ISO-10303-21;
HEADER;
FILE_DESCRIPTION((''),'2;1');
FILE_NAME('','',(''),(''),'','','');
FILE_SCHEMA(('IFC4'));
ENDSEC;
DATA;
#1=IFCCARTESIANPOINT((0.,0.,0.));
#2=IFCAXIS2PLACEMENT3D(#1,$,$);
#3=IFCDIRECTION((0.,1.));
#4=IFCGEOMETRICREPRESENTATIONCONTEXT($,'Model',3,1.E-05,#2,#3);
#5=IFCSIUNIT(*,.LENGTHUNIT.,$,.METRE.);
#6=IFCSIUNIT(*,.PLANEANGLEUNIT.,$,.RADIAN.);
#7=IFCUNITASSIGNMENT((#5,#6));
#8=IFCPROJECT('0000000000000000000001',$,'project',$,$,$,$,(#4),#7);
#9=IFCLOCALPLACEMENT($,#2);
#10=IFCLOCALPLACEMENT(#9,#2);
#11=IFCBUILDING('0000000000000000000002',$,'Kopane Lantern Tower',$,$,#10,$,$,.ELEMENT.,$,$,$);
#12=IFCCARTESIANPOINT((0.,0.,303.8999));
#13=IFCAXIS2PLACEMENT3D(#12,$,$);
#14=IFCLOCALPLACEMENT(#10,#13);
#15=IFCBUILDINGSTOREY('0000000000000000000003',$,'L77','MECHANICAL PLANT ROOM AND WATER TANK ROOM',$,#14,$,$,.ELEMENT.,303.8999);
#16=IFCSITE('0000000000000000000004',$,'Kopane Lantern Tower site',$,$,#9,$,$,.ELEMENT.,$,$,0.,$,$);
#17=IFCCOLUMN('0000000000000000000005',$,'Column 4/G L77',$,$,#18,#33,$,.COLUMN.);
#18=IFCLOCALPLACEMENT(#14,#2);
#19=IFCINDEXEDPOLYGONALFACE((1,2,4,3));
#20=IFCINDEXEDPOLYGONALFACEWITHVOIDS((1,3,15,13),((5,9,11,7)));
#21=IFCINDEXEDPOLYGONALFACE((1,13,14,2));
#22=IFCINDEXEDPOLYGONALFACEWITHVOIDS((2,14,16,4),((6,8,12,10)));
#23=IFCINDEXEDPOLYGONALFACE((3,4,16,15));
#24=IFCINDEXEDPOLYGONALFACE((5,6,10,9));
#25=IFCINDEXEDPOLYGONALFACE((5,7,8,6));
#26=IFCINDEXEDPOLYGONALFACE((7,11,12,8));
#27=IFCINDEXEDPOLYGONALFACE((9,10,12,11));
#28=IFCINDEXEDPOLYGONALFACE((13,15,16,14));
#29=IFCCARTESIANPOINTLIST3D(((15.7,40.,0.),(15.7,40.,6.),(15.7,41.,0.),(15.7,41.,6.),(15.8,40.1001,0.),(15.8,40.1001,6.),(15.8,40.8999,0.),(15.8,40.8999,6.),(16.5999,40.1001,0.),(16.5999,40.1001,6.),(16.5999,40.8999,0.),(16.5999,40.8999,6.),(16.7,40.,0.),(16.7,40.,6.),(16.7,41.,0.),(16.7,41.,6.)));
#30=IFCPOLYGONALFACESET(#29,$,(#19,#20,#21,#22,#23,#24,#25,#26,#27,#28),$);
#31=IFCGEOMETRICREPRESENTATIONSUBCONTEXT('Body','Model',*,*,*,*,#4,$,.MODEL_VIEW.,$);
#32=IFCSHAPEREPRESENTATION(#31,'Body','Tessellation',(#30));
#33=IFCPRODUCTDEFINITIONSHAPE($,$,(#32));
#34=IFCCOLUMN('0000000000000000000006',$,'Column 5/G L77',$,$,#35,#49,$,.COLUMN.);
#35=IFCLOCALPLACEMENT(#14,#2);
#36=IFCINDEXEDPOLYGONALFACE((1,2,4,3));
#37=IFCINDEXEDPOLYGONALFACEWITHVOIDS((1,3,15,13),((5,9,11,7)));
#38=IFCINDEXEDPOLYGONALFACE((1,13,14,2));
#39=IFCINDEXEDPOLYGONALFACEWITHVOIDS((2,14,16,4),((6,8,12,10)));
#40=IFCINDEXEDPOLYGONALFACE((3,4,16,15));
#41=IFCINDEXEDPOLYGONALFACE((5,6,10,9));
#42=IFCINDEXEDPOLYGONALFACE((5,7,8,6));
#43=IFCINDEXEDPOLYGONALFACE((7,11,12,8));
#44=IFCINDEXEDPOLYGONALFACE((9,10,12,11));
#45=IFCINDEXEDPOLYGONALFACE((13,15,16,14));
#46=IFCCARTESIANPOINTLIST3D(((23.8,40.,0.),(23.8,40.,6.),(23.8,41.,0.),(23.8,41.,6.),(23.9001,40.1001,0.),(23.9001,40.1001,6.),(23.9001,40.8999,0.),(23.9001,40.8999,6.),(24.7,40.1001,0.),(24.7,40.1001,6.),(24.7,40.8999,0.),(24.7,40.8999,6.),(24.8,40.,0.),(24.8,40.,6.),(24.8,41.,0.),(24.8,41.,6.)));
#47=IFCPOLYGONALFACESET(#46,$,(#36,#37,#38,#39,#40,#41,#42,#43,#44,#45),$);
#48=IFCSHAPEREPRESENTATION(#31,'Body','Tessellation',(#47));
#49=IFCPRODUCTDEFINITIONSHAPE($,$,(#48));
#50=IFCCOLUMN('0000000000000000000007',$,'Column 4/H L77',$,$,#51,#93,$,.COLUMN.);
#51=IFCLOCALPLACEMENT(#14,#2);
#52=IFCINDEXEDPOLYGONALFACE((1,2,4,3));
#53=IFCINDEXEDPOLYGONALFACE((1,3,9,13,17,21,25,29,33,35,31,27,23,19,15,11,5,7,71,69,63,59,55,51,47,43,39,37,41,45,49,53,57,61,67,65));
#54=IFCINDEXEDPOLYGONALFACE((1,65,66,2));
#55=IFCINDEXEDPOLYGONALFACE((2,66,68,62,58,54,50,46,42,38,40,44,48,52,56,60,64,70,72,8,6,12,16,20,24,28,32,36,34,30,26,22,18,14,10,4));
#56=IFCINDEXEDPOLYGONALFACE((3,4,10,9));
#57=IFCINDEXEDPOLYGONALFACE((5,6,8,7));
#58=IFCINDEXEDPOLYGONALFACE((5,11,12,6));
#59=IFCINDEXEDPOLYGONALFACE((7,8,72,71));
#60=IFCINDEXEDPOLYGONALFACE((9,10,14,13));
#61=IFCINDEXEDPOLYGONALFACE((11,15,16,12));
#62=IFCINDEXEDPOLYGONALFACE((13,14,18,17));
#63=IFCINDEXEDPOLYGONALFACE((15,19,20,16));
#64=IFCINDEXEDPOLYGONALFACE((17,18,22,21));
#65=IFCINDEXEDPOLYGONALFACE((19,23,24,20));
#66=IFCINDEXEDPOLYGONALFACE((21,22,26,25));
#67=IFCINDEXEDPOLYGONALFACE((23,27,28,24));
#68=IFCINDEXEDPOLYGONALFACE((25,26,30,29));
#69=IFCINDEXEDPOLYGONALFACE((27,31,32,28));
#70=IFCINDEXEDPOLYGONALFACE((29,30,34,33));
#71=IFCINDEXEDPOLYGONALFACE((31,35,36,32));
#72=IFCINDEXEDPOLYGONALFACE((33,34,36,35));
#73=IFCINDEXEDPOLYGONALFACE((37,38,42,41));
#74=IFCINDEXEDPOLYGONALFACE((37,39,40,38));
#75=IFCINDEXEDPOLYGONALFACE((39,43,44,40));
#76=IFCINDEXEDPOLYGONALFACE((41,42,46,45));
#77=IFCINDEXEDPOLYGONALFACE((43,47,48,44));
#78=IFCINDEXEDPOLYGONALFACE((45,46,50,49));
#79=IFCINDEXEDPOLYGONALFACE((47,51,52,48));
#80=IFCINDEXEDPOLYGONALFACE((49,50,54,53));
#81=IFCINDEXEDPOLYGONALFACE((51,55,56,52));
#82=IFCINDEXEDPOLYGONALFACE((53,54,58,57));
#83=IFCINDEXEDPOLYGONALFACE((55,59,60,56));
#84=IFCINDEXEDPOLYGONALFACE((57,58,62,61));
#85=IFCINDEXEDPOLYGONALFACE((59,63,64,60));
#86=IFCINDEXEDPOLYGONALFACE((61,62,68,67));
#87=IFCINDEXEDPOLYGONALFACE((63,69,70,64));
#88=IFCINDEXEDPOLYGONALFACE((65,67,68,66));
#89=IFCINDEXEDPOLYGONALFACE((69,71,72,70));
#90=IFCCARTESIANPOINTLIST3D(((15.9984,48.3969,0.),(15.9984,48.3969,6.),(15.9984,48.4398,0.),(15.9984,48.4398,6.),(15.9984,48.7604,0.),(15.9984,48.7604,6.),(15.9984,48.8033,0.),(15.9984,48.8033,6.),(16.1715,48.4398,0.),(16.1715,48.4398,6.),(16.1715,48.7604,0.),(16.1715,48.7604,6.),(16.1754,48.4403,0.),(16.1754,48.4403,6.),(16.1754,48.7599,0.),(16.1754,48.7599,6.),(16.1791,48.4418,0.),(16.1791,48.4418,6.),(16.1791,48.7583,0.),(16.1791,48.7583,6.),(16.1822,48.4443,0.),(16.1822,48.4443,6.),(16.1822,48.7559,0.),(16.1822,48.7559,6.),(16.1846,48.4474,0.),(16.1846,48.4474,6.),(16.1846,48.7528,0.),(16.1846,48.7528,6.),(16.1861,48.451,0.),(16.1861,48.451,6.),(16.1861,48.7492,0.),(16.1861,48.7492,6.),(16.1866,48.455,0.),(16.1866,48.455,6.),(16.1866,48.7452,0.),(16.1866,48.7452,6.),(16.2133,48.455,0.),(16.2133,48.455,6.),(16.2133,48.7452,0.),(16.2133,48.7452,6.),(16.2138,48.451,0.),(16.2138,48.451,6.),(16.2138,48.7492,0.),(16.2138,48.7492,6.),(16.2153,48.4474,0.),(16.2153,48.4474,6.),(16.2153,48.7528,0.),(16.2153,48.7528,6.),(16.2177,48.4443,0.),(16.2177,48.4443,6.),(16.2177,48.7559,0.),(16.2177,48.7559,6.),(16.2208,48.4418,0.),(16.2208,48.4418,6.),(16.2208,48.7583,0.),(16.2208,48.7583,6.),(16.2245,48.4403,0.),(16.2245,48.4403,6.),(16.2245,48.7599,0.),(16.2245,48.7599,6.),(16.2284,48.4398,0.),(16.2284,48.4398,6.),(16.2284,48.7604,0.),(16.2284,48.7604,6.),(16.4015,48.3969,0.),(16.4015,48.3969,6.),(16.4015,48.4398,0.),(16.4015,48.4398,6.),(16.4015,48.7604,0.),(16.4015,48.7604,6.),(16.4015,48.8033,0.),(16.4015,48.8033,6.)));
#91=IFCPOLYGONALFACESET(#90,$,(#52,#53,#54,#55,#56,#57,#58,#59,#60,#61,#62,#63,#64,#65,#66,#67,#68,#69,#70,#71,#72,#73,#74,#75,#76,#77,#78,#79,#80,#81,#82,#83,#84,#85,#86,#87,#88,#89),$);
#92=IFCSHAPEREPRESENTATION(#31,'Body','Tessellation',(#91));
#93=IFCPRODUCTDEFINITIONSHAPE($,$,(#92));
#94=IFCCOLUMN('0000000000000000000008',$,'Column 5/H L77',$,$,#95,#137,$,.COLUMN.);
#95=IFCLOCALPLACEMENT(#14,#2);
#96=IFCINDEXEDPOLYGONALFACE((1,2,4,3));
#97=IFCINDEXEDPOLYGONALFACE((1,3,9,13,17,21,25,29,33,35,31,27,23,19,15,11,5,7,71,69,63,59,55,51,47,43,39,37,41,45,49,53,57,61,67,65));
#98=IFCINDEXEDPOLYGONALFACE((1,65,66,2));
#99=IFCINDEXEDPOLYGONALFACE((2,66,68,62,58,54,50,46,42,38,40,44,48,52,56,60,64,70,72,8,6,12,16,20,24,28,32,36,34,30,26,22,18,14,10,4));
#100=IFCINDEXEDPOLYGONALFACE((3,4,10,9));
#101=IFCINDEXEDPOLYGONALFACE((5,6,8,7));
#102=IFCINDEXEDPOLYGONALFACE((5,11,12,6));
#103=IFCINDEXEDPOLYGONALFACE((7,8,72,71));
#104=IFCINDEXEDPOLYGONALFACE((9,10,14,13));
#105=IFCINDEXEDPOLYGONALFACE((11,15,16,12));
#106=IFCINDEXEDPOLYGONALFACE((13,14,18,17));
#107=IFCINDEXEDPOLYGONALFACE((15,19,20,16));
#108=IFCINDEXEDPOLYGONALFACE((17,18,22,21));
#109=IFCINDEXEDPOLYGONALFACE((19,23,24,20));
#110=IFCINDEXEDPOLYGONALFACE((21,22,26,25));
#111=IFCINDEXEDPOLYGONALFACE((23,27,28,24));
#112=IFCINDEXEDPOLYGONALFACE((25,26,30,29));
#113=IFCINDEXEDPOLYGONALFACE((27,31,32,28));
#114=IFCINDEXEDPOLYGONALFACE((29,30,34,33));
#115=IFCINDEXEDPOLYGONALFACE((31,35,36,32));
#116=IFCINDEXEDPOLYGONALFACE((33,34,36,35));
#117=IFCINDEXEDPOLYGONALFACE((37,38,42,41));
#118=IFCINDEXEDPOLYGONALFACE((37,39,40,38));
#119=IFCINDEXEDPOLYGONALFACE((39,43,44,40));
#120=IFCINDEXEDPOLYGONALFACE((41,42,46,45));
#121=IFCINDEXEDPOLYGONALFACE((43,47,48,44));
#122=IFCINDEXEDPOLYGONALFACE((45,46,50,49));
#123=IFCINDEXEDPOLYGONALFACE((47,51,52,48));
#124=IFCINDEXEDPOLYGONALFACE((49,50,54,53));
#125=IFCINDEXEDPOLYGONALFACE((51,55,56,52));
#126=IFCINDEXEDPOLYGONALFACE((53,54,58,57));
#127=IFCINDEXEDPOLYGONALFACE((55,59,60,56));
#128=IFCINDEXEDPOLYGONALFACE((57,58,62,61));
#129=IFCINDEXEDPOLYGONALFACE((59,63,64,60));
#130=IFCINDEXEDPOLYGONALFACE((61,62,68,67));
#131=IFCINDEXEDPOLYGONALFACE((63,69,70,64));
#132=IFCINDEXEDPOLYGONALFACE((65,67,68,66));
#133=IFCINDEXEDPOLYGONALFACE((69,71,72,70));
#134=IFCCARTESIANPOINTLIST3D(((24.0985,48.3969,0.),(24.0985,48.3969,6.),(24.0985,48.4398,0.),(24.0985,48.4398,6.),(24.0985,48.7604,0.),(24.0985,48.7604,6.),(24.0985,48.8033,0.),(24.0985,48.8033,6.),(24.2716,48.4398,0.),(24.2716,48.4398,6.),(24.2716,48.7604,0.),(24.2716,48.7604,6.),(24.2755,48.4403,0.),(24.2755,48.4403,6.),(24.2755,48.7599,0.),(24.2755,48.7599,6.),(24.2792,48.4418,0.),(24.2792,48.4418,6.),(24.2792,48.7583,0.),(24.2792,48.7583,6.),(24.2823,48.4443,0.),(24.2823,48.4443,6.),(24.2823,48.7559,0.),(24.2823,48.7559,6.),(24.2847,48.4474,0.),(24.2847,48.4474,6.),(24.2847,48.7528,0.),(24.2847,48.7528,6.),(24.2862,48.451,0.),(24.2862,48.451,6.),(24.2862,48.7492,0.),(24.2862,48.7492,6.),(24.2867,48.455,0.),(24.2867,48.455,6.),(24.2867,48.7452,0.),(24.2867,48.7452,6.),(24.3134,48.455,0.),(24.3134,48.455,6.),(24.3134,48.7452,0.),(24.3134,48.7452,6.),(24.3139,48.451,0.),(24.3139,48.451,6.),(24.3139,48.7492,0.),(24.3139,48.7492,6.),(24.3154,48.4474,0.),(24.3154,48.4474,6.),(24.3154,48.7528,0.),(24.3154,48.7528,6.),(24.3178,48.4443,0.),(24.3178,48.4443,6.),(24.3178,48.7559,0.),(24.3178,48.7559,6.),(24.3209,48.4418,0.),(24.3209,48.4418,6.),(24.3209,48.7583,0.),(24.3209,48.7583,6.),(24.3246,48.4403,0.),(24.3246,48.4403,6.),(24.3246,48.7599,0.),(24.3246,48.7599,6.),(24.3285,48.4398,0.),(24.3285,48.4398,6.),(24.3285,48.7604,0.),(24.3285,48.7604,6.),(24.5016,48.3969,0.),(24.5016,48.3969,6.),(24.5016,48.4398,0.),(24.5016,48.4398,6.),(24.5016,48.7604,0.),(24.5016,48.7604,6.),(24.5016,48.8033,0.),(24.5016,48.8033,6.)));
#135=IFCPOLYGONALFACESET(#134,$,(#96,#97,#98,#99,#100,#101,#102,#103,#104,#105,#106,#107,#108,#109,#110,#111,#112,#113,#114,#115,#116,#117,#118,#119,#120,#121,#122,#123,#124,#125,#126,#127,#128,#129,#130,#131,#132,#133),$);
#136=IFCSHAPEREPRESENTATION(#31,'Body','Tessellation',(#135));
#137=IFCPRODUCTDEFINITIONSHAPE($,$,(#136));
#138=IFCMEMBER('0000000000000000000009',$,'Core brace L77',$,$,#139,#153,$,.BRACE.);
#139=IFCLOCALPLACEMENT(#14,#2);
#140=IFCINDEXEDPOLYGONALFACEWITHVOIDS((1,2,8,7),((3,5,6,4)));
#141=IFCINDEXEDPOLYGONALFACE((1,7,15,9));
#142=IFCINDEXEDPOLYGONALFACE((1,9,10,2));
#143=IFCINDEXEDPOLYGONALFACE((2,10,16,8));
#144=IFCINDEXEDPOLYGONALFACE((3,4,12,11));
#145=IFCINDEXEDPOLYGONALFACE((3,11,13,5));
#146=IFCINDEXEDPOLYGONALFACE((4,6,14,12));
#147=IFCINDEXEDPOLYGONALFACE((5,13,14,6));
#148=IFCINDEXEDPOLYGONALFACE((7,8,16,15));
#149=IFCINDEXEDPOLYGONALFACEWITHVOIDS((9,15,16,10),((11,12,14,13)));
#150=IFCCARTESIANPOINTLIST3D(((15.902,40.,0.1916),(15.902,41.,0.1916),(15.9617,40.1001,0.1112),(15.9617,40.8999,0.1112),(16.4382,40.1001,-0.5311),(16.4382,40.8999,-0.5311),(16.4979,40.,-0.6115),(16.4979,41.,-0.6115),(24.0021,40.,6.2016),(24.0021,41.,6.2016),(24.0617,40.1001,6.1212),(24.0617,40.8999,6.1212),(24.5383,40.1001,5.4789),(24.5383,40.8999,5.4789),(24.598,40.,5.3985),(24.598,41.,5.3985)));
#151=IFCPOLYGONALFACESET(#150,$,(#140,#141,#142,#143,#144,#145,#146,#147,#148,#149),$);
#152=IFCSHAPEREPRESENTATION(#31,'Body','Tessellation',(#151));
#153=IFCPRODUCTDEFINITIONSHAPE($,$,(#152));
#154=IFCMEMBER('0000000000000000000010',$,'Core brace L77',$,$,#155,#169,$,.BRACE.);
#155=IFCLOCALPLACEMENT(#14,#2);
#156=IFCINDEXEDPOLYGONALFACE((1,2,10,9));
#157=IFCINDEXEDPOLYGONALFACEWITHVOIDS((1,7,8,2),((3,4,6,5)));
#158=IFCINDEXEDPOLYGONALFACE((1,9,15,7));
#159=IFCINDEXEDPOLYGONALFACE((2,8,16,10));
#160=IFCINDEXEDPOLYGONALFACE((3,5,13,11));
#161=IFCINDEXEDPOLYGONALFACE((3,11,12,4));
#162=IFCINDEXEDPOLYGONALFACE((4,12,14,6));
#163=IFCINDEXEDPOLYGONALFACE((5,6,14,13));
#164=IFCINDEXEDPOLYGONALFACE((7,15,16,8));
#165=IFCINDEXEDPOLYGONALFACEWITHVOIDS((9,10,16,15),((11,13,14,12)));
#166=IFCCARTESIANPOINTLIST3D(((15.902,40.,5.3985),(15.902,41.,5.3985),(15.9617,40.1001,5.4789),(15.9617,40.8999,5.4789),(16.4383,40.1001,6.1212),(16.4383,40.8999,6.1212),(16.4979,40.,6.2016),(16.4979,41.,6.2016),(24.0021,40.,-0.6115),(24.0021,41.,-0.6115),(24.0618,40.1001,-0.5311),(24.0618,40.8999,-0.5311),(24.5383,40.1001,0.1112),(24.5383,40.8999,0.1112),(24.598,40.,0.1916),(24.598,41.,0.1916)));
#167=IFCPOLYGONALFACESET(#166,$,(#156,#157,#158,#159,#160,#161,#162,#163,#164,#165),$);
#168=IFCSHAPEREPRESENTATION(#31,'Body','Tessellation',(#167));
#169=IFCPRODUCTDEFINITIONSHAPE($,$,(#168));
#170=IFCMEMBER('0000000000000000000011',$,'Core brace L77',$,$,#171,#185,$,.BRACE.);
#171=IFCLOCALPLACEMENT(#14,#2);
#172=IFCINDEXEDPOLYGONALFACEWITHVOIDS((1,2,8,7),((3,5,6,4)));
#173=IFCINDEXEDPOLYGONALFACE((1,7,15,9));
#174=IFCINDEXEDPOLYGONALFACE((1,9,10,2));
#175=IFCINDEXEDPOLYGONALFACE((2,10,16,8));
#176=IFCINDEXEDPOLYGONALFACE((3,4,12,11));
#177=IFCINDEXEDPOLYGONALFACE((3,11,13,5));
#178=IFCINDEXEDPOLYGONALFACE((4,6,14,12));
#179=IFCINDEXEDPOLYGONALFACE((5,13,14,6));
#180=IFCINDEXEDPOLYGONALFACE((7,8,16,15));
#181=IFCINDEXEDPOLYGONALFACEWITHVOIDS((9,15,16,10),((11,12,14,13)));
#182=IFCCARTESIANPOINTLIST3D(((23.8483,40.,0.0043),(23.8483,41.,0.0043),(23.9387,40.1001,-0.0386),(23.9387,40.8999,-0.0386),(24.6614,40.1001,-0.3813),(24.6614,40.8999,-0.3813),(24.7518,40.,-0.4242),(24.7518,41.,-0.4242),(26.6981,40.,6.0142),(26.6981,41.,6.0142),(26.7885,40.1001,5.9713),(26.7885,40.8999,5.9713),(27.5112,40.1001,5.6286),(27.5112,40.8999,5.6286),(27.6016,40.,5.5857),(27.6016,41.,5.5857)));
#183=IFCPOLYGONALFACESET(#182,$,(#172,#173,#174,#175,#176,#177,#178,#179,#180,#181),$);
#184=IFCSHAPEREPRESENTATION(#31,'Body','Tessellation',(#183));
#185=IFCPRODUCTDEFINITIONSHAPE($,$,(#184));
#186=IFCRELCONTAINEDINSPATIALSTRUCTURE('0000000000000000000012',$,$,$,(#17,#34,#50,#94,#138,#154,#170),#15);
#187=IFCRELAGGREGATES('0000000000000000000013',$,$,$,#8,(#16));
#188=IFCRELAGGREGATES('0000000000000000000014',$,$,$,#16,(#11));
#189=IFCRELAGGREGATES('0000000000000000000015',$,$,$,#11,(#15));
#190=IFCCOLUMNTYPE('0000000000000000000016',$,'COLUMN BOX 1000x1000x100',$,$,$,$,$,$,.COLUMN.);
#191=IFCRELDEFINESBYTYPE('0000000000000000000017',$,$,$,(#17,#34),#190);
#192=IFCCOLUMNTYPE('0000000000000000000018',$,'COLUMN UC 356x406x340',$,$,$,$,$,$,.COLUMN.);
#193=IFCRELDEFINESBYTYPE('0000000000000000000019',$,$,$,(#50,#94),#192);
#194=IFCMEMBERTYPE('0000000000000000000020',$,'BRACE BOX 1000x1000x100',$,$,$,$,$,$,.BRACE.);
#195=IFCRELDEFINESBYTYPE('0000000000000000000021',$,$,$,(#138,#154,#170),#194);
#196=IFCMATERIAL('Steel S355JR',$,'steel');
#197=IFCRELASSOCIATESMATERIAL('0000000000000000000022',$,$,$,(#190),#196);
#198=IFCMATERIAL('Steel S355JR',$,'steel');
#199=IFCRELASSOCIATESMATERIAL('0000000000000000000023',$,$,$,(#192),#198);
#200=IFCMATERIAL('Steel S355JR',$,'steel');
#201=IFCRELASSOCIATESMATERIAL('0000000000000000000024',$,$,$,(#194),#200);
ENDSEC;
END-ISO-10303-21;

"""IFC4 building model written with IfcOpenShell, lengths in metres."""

from ifc_helpers import new_model, si_unit, direction, frame, origin, origin_2d, place, context, subcontext, project, spatial, hollow_rectangle, i_section, extrude, material, material_profile, profile_set, type_object, element, save


model = new_model("IFC4")

# Units and contexts
model_context = context("Model", 3, precision=1e-05, world=origin(), true_north=direction((0.0, 1.0)))
body_context = subcontext(model_context, "Body", "Model", "MODEL_VIEW")
ifc_project = project(units=[si_unit("LENGTHUNIT", "METRE"), si_unit("PLANEANGLEUNIT", "RADIAN")], contexts=[model_context])

# Site, building, storey
site_placement = place(None, origin())
site = spatial("IfcSite", under=ifc_project, at=site_placement, Name="Kopane Lantern Tower site", CompositionType="ELEMENT", RefElevation=0.0)
building_placement = place(site_placement, origin())
building = spatial("IfcBuilding", under=site, at=building_placement, Name="Kopane Lantern Tower", CompositionType="ELEMENT")
storey_placement = place(building_placement, frame((0.0, 0.0, 303.8999)))
storey = spatial("IfcBuildingStorey", under=building, at=storey_placement, Name="L77", Description="MECHANICAL PLANT ROOM AND WATER TANK ROOM", CompositionType="ELEMENT", Elevation=303.8999)

# Columns
ifc_material_1 = material(Name="Steel S355JR", Category="steel")
ifc_material_profile_1 = material_profile(ifc_material_1, hollow_rectangle(XDim=1.0, YDim=1.0, WallThickness=0.1001, at=origin_2d()), Name="BOX 1000x1000x100")
ifc_profile_set_1 = profile_set([ifc_material_profile_1], Name="Steel S355JR")
column_type_1 = type_object("IfcColumnType", Name="COLUMN BOX 1000x1000x100", PredefinedType="COLUMN", material=ifc_profile_set_1)
for number, where, z_axis, x_axis, name in (
    (1, (16.2, 40.5, 0.0), (0.0, 0.0, 1.0), (1.0, 0.0, 0.0), "Column 4/G L77"),
    (2, (24.3, 40.5, 0.0), (0.0, 0.0, 1.0), (1.0, 0.0, 0.0), "Column 5/G L77"),
):
    element("IfcColumn", number, at=place(storey_placement, frame(where, z_axis=z_axis, x_axis=x_axis)), inside=storey, type_object=column_type_1, Name=name, PredefinedType="COLUMN", context=body_context, shape_type="SweptSolid", body=[
        extrude(hollow_rectangle(XDim=1.0, YDim=1.0, WallThickness=0.1001, at=origin_2d()), origin(), (0.0, 0.0, 1.0), 6.0),
    ])
ifc_material_2 = material(Name="Steel S355JR", Category="steel")
ifc_material_profile_2 = material_profile(ifc_material_2, i_section(OverallWidth=0.4031, OverallDepth=0.4065, WebThickness=0.0266, FlangeThickness=0.043, FilletRadius=0.0151, at=origin_2d()), Name="UC 356x406x340")
ifc_profile_set_2 = profile_set([ifc_material_profile_2], Name="Steel S355JR")
column_type_2 = type_object("IfcColumnType", Name="COLUMN UC 356x406x340", PredefinedType="COLUMN", material=ifc_profile_set_2)
for number, where, z_axis, x_axis, name in (
    (3, (16.2, 48.6001, 0.0), (0.0, 0.0, 1.0), (1.0, 0.0, 0.0), "Column 4/H L77"),
    (4, (24.3, 48.6001, 0.0), (0.0, 0.0, 1.0), (1.0, 0.0, 0.0), "Column 5/H L77"),
):
    element("IfcColumn", number, at=place(storey_placement, frame(where, z_axis=z_axis, x_axis=x_axis)), inside=storey, type_object=column_type_2, Name=name, PredefinedType="COLUMN", context=body_context, shape_type="SweptSolid", body=[
        extrude(i_section(OverallWidth=0.4031, OverallDepth=0.4065, WebThickness=0.0266, FlangeThickness=0.043, FilletRadius=0.0151, at=origin_2d()), origin(), (0.0, 0.0, 1.0), 6.0),
    ])

# Members
ifc_material_3 = material(Name="Steel S355JR", Category="steel")
ifc_material_profile_3 = material_profile(ifc_material_3, hollow_rectangle(XDim=1.0, YDim=1.0, WallThickness=0.1001, at=origin_2d()), Name="BOX 1000x1000x100")
ifc_profile_set_3 = profile_set([ifc_material_profile_3], Name="Steel S355JR")
member_type_1 = type_object("IfcMemberType", Name="BRACE BOX 1000x1000x100", PredefinedType="BRACE", material=ifc_profile_set_3)
for number, where, z_axis, x_axis, name in (
    (5, (16.2, 40.5, -0.21), (0.803086, 0.0, 0.595864), (0.0, 1.0, 0.0), "Core brace L77"),
    (6, (24.3, 40.5, -0.21), (-0.803086, 0.0, 0.595864), (0.0, -1.0, 0.0), "Core brace L77"),
):
    element("IfcMember", number, at=place(storey_placement, frame(where, z_axis=z_axis, x_axis=x_axis)), inside=storey, type_object=member_type_1, Name=name, PredefinedType="BRACE", context=body_context, shape_type="SweptSolid", body=[
        extrude(hollow_rectangle(XDim=1.0, YDim=1.0, WallThickness=0.1001, at=origin_2d()), origin(), (0.0, 0.0, 1.0), 10.0862),
    ])
member_1_placement = place(storey_placement, frame((24.3, 40.5, -0.21), z_axis=(0.428456, 0.0, 0.903563), x_axis=(0.0, 1.0, 0.0)))
element("IfcMember", 7, at=member_1_placement, inside=storey, type_object=member_type_1, Name="Core brace L77", PredefinedType="BRACE", context=body_context, shape_type="SweptSolid", body=[
    extrude(hollow_rectangle(XDim=1.0, YDim=1.0, WallThickness=0.1001, at=origin_2d()), origin(), (0.0, 0.0, 1.0), 6.6514),
])

save(model, "model.ifc")
